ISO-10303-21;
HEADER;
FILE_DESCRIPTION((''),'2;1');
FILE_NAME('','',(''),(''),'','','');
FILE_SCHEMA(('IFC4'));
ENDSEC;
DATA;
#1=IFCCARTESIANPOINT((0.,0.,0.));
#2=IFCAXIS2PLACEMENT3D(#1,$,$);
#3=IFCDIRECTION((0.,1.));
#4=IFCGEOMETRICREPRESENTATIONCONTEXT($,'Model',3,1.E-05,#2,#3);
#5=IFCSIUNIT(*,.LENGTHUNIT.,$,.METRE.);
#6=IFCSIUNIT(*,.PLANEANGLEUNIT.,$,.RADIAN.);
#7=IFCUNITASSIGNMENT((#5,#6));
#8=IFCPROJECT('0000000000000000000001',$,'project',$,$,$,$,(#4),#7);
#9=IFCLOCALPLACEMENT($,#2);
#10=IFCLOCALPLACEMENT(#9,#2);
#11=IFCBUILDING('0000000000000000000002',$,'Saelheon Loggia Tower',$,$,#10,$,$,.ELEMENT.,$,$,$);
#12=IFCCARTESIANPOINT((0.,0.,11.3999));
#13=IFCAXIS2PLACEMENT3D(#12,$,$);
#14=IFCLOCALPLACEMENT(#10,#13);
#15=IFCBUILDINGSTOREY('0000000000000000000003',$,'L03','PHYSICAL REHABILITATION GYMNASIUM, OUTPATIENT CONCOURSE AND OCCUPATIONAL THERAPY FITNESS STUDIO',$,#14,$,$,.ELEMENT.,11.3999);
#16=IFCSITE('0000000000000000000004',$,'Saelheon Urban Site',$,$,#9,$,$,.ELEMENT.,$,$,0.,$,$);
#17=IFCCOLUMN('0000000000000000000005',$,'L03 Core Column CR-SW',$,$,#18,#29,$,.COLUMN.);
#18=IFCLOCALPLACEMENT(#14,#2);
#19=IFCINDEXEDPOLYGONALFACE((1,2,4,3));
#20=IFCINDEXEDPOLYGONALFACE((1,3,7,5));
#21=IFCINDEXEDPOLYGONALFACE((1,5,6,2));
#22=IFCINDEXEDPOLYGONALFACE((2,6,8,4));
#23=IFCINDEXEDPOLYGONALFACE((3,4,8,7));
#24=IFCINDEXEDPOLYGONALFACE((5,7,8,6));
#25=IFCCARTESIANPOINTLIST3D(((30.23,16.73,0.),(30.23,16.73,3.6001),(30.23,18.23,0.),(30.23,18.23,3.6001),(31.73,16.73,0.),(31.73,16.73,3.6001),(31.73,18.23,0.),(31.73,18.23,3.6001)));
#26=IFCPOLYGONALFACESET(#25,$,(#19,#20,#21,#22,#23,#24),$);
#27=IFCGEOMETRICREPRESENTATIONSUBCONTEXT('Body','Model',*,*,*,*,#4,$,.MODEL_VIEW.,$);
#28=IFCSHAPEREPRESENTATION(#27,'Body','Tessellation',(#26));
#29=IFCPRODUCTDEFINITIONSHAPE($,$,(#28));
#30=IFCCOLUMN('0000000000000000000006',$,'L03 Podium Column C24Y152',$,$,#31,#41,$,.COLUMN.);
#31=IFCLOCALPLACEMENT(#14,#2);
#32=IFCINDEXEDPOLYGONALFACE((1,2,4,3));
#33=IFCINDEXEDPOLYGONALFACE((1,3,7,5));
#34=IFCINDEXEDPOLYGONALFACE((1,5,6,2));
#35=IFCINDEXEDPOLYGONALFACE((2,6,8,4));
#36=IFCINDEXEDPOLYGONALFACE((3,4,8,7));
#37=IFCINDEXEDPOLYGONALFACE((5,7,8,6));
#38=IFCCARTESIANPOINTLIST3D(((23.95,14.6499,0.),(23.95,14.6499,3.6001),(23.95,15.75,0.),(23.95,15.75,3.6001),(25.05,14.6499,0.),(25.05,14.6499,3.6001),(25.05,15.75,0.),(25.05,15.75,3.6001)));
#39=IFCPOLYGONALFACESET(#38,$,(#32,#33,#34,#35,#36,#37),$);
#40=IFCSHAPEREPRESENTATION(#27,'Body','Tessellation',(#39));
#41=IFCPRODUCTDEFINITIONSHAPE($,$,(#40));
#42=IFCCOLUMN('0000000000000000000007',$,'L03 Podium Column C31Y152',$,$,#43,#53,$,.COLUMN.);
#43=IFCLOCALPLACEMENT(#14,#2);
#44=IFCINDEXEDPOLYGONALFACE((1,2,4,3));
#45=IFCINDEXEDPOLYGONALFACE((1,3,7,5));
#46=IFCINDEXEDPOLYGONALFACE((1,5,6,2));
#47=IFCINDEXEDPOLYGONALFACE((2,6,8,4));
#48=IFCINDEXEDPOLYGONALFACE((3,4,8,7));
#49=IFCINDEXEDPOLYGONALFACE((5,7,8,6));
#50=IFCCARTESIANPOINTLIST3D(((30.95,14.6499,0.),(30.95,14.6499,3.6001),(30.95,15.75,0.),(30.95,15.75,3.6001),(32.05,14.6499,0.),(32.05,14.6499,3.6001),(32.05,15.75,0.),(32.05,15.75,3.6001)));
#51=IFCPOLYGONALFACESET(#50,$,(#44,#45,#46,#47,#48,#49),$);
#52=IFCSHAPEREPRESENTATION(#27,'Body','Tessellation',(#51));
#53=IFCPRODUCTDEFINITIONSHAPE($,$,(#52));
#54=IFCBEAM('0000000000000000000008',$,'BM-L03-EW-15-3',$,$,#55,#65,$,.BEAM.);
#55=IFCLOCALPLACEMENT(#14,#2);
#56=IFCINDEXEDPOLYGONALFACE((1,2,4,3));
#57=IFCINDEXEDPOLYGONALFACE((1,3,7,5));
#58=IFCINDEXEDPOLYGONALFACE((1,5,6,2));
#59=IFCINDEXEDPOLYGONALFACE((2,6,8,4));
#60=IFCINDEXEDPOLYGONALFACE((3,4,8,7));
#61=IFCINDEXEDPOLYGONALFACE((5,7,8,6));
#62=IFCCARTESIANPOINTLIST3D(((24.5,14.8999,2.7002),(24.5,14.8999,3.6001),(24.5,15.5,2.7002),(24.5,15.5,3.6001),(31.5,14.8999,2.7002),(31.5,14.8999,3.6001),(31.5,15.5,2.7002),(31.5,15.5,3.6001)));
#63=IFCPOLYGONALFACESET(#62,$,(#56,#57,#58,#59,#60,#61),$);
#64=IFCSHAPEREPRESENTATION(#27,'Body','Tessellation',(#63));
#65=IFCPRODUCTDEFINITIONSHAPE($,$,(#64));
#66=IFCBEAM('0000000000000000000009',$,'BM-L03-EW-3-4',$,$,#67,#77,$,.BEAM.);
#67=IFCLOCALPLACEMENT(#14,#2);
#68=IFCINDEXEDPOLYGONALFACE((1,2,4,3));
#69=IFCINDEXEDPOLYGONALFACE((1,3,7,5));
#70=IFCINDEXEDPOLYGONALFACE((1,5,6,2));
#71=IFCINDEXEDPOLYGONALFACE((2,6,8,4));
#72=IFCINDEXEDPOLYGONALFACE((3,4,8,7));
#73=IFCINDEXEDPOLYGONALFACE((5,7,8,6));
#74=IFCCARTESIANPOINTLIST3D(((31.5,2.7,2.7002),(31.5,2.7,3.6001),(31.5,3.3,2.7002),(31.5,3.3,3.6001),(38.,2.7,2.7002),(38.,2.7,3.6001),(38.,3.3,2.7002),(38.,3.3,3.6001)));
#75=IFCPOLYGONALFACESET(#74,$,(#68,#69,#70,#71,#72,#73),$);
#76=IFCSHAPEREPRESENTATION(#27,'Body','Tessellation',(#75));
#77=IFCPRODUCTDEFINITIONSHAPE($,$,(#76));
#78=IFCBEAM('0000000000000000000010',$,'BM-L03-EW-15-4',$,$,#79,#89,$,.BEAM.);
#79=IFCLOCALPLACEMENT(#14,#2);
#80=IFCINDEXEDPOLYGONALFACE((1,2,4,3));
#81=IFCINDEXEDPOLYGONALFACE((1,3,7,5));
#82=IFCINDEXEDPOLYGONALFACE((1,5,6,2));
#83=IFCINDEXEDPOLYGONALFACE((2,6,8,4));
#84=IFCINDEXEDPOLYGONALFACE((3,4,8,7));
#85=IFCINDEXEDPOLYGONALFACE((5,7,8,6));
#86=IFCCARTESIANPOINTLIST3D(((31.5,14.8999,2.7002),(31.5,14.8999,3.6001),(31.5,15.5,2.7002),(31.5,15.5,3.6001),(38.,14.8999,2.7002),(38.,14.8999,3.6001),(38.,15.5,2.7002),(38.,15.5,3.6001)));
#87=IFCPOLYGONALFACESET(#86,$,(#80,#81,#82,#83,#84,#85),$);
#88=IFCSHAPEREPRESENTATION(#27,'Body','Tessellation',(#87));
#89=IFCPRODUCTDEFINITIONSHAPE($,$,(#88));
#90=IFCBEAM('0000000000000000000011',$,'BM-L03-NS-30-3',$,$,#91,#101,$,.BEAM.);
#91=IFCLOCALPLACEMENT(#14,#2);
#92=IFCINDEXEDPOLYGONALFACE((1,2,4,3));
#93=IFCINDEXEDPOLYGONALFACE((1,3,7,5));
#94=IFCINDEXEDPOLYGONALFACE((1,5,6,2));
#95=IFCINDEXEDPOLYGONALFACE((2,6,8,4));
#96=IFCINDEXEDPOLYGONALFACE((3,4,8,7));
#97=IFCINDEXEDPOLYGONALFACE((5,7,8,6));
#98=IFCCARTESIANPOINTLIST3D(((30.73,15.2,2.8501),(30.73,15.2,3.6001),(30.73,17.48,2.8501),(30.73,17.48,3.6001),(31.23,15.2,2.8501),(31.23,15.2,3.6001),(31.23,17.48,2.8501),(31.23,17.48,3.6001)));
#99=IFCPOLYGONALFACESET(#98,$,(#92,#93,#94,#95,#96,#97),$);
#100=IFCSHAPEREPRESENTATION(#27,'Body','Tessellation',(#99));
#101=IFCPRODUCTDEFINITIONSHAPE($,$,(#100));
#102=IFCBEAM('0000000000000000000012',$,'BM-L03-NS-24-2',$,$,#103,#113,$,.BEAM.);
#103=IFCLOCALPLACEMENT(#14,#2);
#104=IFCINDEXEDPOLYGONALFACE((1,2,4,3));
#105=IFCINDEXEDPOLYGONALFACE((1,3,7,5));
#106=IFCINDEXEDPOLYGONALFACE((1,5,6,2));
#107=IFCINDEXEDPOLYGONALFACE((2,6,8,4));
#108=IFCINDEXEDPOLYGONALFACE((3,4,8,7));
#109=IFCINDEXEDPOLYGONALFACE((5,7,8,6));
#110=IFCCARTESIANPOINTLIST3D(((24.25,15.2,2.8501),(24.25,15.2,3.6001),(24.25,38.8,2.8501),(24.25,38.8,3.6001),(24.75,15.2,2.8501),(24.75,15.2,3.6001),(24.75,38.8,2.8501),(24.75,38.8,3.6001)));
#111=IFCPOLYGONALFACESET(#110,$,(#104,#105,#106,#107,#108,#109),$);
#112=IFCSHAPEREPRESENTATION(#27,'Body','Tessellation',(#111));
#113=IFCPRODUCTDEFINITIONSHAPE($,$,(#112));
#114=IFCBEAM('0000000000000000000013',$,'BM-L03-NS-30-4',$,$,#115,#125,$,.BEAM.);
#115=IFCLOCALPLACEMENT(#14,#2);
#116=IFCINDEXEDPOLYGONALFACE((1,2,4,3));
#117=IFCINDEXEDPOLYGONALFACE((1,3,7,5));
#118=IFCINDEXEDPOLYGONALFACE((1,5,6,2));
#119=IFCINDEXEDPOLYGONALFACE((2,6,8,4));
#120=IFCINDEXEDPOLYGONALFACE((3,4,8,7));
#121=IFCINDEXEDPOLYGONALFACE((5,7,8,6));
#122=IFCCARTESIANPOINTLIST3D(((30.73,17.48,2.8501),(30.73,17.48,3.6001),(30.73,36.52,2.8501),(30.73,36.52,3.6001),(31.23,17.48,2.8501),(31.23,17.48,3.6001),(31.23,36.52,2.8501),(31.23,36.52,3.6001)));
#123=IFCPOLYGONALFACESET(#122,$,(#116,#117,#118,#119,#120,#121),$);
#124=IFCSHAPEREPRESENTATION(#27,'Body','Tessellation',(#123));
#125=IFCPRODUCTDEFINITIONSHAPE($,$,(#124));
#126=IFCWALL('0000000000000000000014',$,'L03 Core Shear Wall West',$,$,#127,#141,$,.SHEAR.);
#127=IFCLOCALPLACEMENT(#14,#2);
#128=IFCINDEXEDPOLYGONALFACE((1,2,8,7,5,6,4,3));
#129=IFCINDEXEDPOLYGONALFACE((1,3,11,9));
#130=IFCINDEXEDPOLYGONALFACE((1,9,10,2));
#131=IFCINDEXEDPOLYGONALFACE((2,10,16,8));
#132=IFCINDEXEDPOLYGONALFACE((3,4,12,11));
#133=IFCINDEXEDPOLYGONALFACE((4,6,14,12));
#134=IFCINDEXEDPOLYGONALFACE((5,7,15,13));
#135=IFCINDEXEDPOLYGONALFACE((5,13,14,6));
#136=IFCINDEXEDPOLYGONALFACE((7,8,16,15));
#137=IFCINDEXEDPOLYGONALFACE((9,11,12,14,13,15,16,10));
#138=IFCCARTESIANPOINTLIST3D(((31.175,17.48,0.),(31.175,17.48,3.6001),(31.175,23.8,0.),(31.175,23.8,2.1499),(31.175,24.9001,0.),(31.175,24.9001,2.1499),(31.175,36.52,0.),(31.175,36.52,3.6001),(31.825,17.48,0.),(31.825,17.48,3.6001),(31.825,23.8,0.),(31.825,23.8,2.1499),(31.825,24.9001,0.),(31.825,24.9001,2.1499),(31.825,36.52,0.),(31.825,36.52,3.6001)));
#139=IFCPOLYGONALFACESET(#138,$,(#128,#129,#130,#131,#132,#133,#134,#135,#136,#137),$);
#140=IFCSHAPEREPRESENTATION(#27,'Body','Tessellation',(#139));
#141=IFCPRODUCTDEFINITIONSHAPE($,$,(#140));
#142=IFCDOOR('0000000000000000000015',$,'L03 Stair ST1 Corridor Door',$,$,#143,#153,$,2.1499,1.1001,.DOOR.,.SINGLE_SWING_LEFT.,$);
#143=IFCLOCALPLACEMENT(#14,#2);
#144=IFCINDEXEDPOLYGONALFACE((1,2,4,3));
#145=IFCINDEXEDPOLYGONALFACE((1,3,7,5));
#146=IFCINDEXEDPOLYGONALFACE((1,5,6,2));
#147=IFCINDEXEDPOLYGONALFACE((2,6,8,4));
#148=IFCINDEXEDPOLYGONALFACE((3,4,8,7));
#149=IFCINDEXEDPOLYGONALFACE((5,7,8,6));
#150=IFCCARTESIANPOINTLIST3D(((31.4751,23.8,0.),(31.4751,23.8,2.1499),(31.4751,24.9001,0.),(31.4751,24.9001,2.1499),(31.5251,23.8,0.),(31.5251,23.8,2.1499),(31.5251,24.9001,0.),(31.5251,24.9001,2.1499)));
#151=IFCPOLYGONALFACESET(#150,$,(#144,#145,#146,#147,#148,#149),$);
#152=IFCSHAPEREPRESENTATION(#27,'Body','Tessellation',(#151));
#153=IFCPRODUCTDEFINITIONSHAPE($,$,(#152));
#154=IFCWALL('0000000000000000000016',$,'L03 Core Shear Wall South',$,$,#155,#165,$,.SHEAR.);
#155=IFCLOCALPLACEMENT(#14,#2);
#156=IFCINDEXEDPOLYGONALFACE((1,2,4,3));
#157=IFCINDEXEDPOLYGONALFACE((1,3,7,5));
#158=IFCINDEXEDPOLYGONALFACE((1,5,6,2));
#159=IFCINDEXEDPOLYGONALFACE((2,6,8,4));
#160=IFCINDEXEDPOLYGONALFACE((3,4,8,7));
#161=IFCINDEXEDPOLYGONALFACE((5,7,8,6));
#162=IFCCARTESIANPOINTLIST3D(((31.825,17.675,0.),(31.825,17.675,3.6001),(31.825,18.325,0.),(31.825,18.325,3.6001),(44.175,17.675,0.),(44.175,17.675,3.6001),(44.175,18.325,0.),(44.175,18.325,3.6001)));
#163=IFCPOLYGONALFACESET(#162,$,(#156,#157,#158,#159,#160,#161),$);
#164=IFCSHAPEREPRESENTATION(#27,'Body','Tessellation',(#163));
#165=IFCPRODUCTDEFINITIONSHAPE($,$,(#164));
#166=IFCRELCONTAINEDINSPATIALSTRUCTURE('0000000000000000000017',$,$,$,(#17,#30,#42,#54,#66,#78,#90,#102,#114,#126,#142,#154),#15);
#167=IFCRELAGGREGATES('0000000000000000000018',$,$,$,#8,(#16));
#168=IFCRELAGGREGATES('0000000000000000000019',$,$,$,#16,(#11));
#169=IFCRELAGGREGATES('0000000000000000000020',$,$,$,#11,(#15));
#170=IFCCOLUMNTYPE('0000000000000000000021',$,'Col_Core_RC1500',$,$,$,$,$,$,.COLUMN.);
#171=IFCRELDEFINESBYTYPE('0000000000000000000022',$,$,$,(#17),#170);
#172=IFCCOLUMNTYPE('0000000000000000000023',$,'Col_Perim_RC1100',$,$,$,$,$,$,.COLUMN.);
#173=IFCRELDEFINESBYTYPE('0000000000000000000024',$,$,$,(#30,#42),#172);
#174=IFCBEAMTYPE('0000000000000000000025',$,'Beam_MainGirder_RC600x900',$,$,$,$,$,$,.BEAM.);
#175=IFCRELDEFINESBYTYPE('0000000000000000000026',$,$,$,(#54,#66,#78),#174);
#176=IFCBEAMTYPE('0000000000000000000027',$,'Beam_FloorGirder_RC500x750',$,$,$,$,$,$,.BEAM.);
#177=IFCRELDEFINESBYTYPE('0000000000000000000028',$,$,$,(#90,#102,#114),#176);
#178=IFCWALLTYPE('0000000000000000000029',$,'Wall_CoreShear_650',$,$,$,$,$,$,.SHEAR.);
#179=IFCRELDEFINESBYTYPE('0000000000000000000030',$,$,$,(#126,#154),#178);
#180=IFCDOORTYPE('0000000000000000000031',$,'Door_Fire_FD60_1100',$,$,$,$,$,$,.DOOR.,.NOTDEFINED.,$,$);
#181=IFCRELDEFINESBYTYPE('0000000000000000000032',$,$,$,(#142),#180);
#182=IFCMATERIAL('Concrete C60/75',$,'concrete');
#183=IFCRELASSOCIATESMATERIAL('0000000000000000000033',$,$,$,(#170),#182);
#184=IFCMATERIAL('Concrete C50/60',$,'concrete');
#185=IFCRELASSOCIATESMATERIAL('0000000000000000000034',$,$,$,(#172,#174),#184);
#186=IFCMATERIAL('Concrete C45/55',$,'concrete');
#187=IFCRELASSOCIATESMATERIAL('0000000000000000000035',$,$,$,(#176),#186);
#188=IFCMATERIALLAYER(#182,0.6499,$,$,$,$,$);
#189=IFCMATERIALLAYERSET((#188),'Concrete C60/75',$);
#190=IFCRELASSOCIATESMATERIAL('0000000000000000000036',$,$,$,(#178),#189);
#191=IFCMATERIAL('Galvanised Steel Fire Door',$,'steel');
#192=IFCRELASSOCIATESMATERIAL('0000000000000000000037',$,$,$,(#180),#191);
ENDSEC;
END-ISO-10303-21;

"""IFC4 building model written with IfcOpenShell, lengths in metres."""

from ifc_helpers import new_model, si_unit, direction, frame, frame_2d, origin, origin_2d, place, context, subcontext, project, spatial, rectangle, extrude, source, transform, mapped, material, layer, layer_set, material_profile, profile_set, type_object, element, fill, save


model = new_model("IFC4")

# Units and contexts
model_context = context("Model", 3, precision=1e-05, world=origin(), true_north=direction((0.0, 1.0)))
body_context = subcontext(model_context, "Body", "Model", "MODEL_VIEW")
ifc_project = project(units=[si_unit("LENGTHUNIT", "METRE"), si_unit("PLANEANGLEUNIT", "RADIAN")], contexts=[model_context])

# Site, building, storey
site_placement = place(None, origin())
site = spatial("IfcSite", under=ifc_project, at=site_placement, Name="Saelheon Urban Site", CompositionType="ELEMENT", RefElevation=0.0)
building_placement = place(site_placement, origin())
building = spatial("IfcBuilding", under=site, at=building_placement, Name="Saelheon Loggia Tower", CompositionType="ELEMENT")
storey_placement = place(building_placement, frame((0.0, 0.0, 11.3999)))
storey = spatial("IfcBuildingStorey", under=building, at=storey_placement, Name="L03", Description="PHYSICAL REHABILITATION GYMNASIUM, OUTPATIENT CONCOURSE AND OCCUPATIONAL THERAPY FITNESS STUDIO", CompositionType="ELEMENT", Elevation=11.3999)

# Columns
ifc_material_1 = material(Name="Concrete C60/75", Category="concrete")
ifc_material_profile_1 = material_profile(ifc_material_1, rectangle(XDim=1.5, YDim=1.5, at=origin_2d()), Name="RC-1500x1500")
ifc_profile_set_1 = profile_set([ifc_material_profile_1], Name="Concrete C60/75")
column_type_1 = type_object("IfcColumnType", Name="Col_Core_RC1500", PredefinedType="COLUMN", material=ifc_profile_set_1)
shared_shape_1 = source(origin(), body_context, "Body", "SweptSolid", [
    extrude(rectangle(XDim=1.5, YDim=1.5, at=origin_2d()), origin(), (0.0, 0.0, 1.0), 3.6001),
])
column_placement = place(storey_placement, frame((30.98, 17.48, 0.0), z_axis=(0.0, 0.0, 1.0), x_axis=(1.0, 0.0, 0.0)))
element("IfcColumn", 1, at=column_placement, inside=storey, type_object=column_type_1, Name="L03 Core Column CR-SW", PredefinedType="COLUMN", context=body_context, shape_type="MappedRepresentation", body=[
    mapped(shared_shape_1, transform((0.0, 0.0, 0.0), scale=1.0)),
])
ifc_material_2 = material(Name="Concrete C50/60", Category="concrete")
ifc_material_profile_2 = material_profile(ifc_material_2, rectangle(XDim=1.1001, YDim=1.1001, at=origin_2d()), Name="RC-1100x1100")
ifc_profile_set_2 = profile_set([ifc_material_profile_2], Name="Concrete C50/60")
column_type_2 = type_object("IfcColumnType", Name="Col_Perim_RC1100", PredefinedType="COLUMN", material=ifc_profile_set_2)
shared_shape_2 = source(origin(), body_context, "Body", "SweptSolid", [
    extrude(rectangle(XDim=1.1001, YDim=1.1001, at=origin_2d()), origin(), (0.0, 0.0, 1.0), 3.6001),
])
for number, where, z_axis, x_axis, name in (
    (2, (24.5, 15.2, 0.0), (0.0, 0.0, 1.0), (1.0, 0.0, 0.0), "L03 Podium Column C24Y152"),
    (3, (31.5, 15.2, 0.0), (0.0, 0.0, 1.0), (1.0, 0.0, 0.0), "L03 Podium Column C31Y152"),
):
    element("IfcColumn", number, at=place(storey_placement, frame(where, z_axis=z_axis, x_axis=x_axis)), inside=storey, type_object=column_type_2, Name=name, PredefinedType="COLUMN", context=body_context, shape_type="MappedRepresentation", body=[
        mapped(shared_shape_2, transform((0.0, 0.0, 0.0), scale=1.0)),
    ])

# Beams
ifc_material_profile_3 = material_profile(ifc_material_2, rectangle(XDim=0.6001, YDim=0.8999, at=origin_2d()), Name="RC-600x900")
ifc_profile_set_3 = profile_set([ifc_material_profile_3], Name="Concrete C50/60")
beam_type_1 = type_object("IfcBeamType", Name="Beam_MainGirder_RC600x900", PredefinedType="BEAM", material=ifc_profile_set_3)
shared_shape_3 = source(origin(), body_context, "Body", "SweptSolid", [
    extrude(rectangle(XDim=0.6001, YDim=0.8999, at=origin_2d()), origin(), (0.0, 0.0, 1.0), 7.0),
])
beam_1_placement = place(storey_placement, frame((24.5, 15.2, 3.1501), z_axis=(1.0, 0.0, 0.0), x_axis=(0.0, 1.0, 0.0)))
element("IfcBeam", 4, at=beam_1_placement, inside=storey, type_object=beam_type_1, Name="BM-L03-EW-15-3", PredefinedType="BEAM", context=body_context, shape_type="MappedRepresentation", body=[
    mapped(shared_shape_3, transform((0.0, 0.0, 0.0), scale=1.0)),
])
shared_shape_4 = source(origin(), body_context, "Body", "SweptSolid", [
    extrude(rectangle(XDim=0.6001, YDim=0.8999, at=origin_2d()), origin(), (0.0, 0.0, 1.0), 6.5),
])
for number, where, z_axis, x_axis, name in (
    (5, (31.5, 3.0, 3.1501), (1.0, 0.0, 0.0), (0.0, 1.0, 0.0), "BM-L03-EW-3-4"),
    (6, (31.5, 15.2, 3.1501), (1.0, 0.0, 0.0), (0.0, 1.0, 0.0), "BM-L03-EW-15-4"),
):
    element("IfcBeam", number, at=place(storey_placement, frame(where, z_axis=z_axis, x_axis=x_axis)), inside=storey, type_object=beam_type_1, Name=name, PredefinedType="BEAM", context=body_context, shape_type="MappedRepresentation", body=[
        mapped(shared_shape_4, transform((0.0, 0.0, 0.0), scale=1.0)),
    ])
ifc_material_3 = material(Name="Concrete C45/55", Category="concrete")
ifc_material_profile_4 = material_profile(ifc_material_3, rectangle(XDim=0.5, YDim=0.75, at=origin_2d()), Name="RC-500x750")
ifc_profile_set_4 = profile_set([ifc_material_profile_4], Name="Concrete C45/55")
beam_type_2 = type_object("IfcBeamType", Name="Beam_FloorGirder_RC500x750", PredefinedType="BEAM", material=ifc_profile_set_4)
shared_shape_5 = source(origin(), body_context, "Body", "SweptSolid", [
    extrude(rectangle(XDim=0.5, YDim=0.75, at=origin_2d()), origin(), (0.0, 0.0, 1.0), 2.28),
])
beam_2_placement = place(storey_placement, frame((30.98, 15.2, 3.2251), z_axis=(0.0, 1.0, 0.0), x_axis=(-1.0, 0.0, 0.0)))
element("IfcBeam", 7, at=beam_2_placement, inside=storey, type_object=beam_type_2, Name="BM-L03-NS-30-3", PredefinedType="BEAM", context=body_context, shape_type="MappedRepresentation", body=[
    mapped(shared_shape_5, transform((0.0, 0.0, 0.0), scale=1.0)),
])
shared_shape_6 = source(origin(), body_context, "Body", "SweptSolid", [
    extrude(rectangle(XDim=0.5, YDim=0.75, at=origin_2d()), origin(), (0.0, 0.0, 1.0), 23.6001),
])
beam_3_placement = place(storey_placement, frame((24.5, 15.2, 3.2251), z_axis=(0.0, 1.0, 0.0), x_axis=(-1.0, 0.0, 0.0)))
element("IfcBeam", 8, at=beam_3_placement, inside=storey, type_object=beam_type_2, Name="BM-L03-NS-24-2", PredefinedType="BEAM", context=body_context, shape_type="MappedRepresentation", body=[
    mapped(shared_shape_6, transform((0.0, 0.0, 0.0), scale=1.0)),
])
shared_shape_7 = source(origin(), body_context, "Body", "SweptSolid", [
    extrude(rectangle(XDim=0.5, YDim=0.75, at=origin_2d()), origin(), (0.0, 0.0, 1.0), 19.04),
])
beam_4_placement = place(storey_placement, frame((30.98, 17.48, 3.2251), z_axis=(0.0, 1.0, 0.0), x_axis=(-1.0, 0.0, 0.0)))
element("IfcBeam", 9, at=beam_4_placement, inside=storey, type_object=beam_type_2, Name="BM-L03-NS-30-4", PredefinedType="BEAM", context=body_context, shape_type="MappedRepresentation", body=[
    mapped(shared_shape_7, transform((0.0, 0.0, 0.0), scale=1.0)),
])

# Wall, opening, door
ifc_layer_1 = layer(ifc_material_1, 0.6499)
ifc_layer_set_1 = layer_set([ifc_layer_1], Name="Concrete C60/75")
wall_type_1 = type_object("IfcWallType", Name="Wall_CoreShear_650", PredefinedType="SHEAR", material=ifc_layer_set_1)
wall_1_placement = place(storey_placement, frame((31.5, 17.48, 0.0), z_axis=(0.0, 0.0, 1.0), x_axis=(0.0, 1.0, 0.0)))
wall_1 = element("IfcWall", 10, at=wall_1_placement, inside=storey, type_object=wall_type_1, Name="L03 Core Shear Wall West", PredefinedType="SHEAR", context=body_context, shape_type="SweptSolid", body=[
    extrude(rectangle(XDim=19.04, YDim=0.6499, at=frame_2d((9.52, 0.0))), origin(), (0.0, 0.0, 1.0), 3.6001),
])
opening_1_placement = place(wall_1_placement, frame((6.3201, 0.0, 0.0)))
opening_1 = element("IfcOpeningElement", 11, at=opening_1_placement, cuts=wall_1, PredefinedType="OPENING", context=body_context, shape_type="SweptSolid", body=[
    extrude(rectangle(XDim=1.1001, YDim=2.1499, at=frame_2d((0.55, 1.075))), frame((0.0, 0.3369, 0.0), z_axis=(0.0, -1.0, 0.0), x_axis=(1.0, 0.0, 0.0)), (0.0, 0.0, 1.0), 0.6738),
])
ifc_material_4 = material(Name="Galvanised Steel Fire Door", Category="steel")
door_type_1 = type_object("IfcDoorType", Name="Door_Fire_FD60_1100", OperationType="NOTDEFINED", PredefinedType="DOOR", material=ifc_material_4)
shared_shape_8 = source(origin(), body_context, "Body", "SweptSolid", [
    extrude(rectangle(XDim=1.1001, YDim=2.1499, at=frame_2d((0.55, 1.075))), frame((0.0, 0.0249, 0.0), z_axis=(0.0, -1.0, 0.0), x_axis=(1.0, 0.0, 0.0)), (0.0, 0.0, 1.0), 0.05),
])
door_1_placement = place(opening_1_placement, origin())
door_1 = element("IfcDoor", 12, at=door_1_placement, inside=storey, type_object=door_type_1, Name="L03 Stair ST1 Corridor Door", OperationType="SINGLE_SWING_LEFT", OverallHeight=2.1499, OverallWidth=1.1001, PredefinedType="DOOR", context=body_context, shape_type="MappedRepresentation", body=[
    mapped(shared_shape_8, transform((0.0, 0.0, 0.0), scale=1.0)),
])
fill(opening_1, door_1)

# Wall
wall_2_placement = place(storey_placement, frame((31.825, 18.0, 0.0), z_axis=(0.0, 0.0, 1.0), x_axis=(1.0, 0.0, 0.0)))
element("IfcWall", 13, at=wall_2_placement, inside=storey, type_object=wall_type_1, Name="L03 Core Shear Wall South", PredefinedType="SHEAR", context=body_context, shape_type="SweptSolid", body=[
    extrude(rectangle(XDim=12.3501, YDim=0.6499, at=frame_2d((6.175, 0.0))), origin(), (0.0, 0.0, 1.0), 3.6001),
])

save(model, "model.ifc")
